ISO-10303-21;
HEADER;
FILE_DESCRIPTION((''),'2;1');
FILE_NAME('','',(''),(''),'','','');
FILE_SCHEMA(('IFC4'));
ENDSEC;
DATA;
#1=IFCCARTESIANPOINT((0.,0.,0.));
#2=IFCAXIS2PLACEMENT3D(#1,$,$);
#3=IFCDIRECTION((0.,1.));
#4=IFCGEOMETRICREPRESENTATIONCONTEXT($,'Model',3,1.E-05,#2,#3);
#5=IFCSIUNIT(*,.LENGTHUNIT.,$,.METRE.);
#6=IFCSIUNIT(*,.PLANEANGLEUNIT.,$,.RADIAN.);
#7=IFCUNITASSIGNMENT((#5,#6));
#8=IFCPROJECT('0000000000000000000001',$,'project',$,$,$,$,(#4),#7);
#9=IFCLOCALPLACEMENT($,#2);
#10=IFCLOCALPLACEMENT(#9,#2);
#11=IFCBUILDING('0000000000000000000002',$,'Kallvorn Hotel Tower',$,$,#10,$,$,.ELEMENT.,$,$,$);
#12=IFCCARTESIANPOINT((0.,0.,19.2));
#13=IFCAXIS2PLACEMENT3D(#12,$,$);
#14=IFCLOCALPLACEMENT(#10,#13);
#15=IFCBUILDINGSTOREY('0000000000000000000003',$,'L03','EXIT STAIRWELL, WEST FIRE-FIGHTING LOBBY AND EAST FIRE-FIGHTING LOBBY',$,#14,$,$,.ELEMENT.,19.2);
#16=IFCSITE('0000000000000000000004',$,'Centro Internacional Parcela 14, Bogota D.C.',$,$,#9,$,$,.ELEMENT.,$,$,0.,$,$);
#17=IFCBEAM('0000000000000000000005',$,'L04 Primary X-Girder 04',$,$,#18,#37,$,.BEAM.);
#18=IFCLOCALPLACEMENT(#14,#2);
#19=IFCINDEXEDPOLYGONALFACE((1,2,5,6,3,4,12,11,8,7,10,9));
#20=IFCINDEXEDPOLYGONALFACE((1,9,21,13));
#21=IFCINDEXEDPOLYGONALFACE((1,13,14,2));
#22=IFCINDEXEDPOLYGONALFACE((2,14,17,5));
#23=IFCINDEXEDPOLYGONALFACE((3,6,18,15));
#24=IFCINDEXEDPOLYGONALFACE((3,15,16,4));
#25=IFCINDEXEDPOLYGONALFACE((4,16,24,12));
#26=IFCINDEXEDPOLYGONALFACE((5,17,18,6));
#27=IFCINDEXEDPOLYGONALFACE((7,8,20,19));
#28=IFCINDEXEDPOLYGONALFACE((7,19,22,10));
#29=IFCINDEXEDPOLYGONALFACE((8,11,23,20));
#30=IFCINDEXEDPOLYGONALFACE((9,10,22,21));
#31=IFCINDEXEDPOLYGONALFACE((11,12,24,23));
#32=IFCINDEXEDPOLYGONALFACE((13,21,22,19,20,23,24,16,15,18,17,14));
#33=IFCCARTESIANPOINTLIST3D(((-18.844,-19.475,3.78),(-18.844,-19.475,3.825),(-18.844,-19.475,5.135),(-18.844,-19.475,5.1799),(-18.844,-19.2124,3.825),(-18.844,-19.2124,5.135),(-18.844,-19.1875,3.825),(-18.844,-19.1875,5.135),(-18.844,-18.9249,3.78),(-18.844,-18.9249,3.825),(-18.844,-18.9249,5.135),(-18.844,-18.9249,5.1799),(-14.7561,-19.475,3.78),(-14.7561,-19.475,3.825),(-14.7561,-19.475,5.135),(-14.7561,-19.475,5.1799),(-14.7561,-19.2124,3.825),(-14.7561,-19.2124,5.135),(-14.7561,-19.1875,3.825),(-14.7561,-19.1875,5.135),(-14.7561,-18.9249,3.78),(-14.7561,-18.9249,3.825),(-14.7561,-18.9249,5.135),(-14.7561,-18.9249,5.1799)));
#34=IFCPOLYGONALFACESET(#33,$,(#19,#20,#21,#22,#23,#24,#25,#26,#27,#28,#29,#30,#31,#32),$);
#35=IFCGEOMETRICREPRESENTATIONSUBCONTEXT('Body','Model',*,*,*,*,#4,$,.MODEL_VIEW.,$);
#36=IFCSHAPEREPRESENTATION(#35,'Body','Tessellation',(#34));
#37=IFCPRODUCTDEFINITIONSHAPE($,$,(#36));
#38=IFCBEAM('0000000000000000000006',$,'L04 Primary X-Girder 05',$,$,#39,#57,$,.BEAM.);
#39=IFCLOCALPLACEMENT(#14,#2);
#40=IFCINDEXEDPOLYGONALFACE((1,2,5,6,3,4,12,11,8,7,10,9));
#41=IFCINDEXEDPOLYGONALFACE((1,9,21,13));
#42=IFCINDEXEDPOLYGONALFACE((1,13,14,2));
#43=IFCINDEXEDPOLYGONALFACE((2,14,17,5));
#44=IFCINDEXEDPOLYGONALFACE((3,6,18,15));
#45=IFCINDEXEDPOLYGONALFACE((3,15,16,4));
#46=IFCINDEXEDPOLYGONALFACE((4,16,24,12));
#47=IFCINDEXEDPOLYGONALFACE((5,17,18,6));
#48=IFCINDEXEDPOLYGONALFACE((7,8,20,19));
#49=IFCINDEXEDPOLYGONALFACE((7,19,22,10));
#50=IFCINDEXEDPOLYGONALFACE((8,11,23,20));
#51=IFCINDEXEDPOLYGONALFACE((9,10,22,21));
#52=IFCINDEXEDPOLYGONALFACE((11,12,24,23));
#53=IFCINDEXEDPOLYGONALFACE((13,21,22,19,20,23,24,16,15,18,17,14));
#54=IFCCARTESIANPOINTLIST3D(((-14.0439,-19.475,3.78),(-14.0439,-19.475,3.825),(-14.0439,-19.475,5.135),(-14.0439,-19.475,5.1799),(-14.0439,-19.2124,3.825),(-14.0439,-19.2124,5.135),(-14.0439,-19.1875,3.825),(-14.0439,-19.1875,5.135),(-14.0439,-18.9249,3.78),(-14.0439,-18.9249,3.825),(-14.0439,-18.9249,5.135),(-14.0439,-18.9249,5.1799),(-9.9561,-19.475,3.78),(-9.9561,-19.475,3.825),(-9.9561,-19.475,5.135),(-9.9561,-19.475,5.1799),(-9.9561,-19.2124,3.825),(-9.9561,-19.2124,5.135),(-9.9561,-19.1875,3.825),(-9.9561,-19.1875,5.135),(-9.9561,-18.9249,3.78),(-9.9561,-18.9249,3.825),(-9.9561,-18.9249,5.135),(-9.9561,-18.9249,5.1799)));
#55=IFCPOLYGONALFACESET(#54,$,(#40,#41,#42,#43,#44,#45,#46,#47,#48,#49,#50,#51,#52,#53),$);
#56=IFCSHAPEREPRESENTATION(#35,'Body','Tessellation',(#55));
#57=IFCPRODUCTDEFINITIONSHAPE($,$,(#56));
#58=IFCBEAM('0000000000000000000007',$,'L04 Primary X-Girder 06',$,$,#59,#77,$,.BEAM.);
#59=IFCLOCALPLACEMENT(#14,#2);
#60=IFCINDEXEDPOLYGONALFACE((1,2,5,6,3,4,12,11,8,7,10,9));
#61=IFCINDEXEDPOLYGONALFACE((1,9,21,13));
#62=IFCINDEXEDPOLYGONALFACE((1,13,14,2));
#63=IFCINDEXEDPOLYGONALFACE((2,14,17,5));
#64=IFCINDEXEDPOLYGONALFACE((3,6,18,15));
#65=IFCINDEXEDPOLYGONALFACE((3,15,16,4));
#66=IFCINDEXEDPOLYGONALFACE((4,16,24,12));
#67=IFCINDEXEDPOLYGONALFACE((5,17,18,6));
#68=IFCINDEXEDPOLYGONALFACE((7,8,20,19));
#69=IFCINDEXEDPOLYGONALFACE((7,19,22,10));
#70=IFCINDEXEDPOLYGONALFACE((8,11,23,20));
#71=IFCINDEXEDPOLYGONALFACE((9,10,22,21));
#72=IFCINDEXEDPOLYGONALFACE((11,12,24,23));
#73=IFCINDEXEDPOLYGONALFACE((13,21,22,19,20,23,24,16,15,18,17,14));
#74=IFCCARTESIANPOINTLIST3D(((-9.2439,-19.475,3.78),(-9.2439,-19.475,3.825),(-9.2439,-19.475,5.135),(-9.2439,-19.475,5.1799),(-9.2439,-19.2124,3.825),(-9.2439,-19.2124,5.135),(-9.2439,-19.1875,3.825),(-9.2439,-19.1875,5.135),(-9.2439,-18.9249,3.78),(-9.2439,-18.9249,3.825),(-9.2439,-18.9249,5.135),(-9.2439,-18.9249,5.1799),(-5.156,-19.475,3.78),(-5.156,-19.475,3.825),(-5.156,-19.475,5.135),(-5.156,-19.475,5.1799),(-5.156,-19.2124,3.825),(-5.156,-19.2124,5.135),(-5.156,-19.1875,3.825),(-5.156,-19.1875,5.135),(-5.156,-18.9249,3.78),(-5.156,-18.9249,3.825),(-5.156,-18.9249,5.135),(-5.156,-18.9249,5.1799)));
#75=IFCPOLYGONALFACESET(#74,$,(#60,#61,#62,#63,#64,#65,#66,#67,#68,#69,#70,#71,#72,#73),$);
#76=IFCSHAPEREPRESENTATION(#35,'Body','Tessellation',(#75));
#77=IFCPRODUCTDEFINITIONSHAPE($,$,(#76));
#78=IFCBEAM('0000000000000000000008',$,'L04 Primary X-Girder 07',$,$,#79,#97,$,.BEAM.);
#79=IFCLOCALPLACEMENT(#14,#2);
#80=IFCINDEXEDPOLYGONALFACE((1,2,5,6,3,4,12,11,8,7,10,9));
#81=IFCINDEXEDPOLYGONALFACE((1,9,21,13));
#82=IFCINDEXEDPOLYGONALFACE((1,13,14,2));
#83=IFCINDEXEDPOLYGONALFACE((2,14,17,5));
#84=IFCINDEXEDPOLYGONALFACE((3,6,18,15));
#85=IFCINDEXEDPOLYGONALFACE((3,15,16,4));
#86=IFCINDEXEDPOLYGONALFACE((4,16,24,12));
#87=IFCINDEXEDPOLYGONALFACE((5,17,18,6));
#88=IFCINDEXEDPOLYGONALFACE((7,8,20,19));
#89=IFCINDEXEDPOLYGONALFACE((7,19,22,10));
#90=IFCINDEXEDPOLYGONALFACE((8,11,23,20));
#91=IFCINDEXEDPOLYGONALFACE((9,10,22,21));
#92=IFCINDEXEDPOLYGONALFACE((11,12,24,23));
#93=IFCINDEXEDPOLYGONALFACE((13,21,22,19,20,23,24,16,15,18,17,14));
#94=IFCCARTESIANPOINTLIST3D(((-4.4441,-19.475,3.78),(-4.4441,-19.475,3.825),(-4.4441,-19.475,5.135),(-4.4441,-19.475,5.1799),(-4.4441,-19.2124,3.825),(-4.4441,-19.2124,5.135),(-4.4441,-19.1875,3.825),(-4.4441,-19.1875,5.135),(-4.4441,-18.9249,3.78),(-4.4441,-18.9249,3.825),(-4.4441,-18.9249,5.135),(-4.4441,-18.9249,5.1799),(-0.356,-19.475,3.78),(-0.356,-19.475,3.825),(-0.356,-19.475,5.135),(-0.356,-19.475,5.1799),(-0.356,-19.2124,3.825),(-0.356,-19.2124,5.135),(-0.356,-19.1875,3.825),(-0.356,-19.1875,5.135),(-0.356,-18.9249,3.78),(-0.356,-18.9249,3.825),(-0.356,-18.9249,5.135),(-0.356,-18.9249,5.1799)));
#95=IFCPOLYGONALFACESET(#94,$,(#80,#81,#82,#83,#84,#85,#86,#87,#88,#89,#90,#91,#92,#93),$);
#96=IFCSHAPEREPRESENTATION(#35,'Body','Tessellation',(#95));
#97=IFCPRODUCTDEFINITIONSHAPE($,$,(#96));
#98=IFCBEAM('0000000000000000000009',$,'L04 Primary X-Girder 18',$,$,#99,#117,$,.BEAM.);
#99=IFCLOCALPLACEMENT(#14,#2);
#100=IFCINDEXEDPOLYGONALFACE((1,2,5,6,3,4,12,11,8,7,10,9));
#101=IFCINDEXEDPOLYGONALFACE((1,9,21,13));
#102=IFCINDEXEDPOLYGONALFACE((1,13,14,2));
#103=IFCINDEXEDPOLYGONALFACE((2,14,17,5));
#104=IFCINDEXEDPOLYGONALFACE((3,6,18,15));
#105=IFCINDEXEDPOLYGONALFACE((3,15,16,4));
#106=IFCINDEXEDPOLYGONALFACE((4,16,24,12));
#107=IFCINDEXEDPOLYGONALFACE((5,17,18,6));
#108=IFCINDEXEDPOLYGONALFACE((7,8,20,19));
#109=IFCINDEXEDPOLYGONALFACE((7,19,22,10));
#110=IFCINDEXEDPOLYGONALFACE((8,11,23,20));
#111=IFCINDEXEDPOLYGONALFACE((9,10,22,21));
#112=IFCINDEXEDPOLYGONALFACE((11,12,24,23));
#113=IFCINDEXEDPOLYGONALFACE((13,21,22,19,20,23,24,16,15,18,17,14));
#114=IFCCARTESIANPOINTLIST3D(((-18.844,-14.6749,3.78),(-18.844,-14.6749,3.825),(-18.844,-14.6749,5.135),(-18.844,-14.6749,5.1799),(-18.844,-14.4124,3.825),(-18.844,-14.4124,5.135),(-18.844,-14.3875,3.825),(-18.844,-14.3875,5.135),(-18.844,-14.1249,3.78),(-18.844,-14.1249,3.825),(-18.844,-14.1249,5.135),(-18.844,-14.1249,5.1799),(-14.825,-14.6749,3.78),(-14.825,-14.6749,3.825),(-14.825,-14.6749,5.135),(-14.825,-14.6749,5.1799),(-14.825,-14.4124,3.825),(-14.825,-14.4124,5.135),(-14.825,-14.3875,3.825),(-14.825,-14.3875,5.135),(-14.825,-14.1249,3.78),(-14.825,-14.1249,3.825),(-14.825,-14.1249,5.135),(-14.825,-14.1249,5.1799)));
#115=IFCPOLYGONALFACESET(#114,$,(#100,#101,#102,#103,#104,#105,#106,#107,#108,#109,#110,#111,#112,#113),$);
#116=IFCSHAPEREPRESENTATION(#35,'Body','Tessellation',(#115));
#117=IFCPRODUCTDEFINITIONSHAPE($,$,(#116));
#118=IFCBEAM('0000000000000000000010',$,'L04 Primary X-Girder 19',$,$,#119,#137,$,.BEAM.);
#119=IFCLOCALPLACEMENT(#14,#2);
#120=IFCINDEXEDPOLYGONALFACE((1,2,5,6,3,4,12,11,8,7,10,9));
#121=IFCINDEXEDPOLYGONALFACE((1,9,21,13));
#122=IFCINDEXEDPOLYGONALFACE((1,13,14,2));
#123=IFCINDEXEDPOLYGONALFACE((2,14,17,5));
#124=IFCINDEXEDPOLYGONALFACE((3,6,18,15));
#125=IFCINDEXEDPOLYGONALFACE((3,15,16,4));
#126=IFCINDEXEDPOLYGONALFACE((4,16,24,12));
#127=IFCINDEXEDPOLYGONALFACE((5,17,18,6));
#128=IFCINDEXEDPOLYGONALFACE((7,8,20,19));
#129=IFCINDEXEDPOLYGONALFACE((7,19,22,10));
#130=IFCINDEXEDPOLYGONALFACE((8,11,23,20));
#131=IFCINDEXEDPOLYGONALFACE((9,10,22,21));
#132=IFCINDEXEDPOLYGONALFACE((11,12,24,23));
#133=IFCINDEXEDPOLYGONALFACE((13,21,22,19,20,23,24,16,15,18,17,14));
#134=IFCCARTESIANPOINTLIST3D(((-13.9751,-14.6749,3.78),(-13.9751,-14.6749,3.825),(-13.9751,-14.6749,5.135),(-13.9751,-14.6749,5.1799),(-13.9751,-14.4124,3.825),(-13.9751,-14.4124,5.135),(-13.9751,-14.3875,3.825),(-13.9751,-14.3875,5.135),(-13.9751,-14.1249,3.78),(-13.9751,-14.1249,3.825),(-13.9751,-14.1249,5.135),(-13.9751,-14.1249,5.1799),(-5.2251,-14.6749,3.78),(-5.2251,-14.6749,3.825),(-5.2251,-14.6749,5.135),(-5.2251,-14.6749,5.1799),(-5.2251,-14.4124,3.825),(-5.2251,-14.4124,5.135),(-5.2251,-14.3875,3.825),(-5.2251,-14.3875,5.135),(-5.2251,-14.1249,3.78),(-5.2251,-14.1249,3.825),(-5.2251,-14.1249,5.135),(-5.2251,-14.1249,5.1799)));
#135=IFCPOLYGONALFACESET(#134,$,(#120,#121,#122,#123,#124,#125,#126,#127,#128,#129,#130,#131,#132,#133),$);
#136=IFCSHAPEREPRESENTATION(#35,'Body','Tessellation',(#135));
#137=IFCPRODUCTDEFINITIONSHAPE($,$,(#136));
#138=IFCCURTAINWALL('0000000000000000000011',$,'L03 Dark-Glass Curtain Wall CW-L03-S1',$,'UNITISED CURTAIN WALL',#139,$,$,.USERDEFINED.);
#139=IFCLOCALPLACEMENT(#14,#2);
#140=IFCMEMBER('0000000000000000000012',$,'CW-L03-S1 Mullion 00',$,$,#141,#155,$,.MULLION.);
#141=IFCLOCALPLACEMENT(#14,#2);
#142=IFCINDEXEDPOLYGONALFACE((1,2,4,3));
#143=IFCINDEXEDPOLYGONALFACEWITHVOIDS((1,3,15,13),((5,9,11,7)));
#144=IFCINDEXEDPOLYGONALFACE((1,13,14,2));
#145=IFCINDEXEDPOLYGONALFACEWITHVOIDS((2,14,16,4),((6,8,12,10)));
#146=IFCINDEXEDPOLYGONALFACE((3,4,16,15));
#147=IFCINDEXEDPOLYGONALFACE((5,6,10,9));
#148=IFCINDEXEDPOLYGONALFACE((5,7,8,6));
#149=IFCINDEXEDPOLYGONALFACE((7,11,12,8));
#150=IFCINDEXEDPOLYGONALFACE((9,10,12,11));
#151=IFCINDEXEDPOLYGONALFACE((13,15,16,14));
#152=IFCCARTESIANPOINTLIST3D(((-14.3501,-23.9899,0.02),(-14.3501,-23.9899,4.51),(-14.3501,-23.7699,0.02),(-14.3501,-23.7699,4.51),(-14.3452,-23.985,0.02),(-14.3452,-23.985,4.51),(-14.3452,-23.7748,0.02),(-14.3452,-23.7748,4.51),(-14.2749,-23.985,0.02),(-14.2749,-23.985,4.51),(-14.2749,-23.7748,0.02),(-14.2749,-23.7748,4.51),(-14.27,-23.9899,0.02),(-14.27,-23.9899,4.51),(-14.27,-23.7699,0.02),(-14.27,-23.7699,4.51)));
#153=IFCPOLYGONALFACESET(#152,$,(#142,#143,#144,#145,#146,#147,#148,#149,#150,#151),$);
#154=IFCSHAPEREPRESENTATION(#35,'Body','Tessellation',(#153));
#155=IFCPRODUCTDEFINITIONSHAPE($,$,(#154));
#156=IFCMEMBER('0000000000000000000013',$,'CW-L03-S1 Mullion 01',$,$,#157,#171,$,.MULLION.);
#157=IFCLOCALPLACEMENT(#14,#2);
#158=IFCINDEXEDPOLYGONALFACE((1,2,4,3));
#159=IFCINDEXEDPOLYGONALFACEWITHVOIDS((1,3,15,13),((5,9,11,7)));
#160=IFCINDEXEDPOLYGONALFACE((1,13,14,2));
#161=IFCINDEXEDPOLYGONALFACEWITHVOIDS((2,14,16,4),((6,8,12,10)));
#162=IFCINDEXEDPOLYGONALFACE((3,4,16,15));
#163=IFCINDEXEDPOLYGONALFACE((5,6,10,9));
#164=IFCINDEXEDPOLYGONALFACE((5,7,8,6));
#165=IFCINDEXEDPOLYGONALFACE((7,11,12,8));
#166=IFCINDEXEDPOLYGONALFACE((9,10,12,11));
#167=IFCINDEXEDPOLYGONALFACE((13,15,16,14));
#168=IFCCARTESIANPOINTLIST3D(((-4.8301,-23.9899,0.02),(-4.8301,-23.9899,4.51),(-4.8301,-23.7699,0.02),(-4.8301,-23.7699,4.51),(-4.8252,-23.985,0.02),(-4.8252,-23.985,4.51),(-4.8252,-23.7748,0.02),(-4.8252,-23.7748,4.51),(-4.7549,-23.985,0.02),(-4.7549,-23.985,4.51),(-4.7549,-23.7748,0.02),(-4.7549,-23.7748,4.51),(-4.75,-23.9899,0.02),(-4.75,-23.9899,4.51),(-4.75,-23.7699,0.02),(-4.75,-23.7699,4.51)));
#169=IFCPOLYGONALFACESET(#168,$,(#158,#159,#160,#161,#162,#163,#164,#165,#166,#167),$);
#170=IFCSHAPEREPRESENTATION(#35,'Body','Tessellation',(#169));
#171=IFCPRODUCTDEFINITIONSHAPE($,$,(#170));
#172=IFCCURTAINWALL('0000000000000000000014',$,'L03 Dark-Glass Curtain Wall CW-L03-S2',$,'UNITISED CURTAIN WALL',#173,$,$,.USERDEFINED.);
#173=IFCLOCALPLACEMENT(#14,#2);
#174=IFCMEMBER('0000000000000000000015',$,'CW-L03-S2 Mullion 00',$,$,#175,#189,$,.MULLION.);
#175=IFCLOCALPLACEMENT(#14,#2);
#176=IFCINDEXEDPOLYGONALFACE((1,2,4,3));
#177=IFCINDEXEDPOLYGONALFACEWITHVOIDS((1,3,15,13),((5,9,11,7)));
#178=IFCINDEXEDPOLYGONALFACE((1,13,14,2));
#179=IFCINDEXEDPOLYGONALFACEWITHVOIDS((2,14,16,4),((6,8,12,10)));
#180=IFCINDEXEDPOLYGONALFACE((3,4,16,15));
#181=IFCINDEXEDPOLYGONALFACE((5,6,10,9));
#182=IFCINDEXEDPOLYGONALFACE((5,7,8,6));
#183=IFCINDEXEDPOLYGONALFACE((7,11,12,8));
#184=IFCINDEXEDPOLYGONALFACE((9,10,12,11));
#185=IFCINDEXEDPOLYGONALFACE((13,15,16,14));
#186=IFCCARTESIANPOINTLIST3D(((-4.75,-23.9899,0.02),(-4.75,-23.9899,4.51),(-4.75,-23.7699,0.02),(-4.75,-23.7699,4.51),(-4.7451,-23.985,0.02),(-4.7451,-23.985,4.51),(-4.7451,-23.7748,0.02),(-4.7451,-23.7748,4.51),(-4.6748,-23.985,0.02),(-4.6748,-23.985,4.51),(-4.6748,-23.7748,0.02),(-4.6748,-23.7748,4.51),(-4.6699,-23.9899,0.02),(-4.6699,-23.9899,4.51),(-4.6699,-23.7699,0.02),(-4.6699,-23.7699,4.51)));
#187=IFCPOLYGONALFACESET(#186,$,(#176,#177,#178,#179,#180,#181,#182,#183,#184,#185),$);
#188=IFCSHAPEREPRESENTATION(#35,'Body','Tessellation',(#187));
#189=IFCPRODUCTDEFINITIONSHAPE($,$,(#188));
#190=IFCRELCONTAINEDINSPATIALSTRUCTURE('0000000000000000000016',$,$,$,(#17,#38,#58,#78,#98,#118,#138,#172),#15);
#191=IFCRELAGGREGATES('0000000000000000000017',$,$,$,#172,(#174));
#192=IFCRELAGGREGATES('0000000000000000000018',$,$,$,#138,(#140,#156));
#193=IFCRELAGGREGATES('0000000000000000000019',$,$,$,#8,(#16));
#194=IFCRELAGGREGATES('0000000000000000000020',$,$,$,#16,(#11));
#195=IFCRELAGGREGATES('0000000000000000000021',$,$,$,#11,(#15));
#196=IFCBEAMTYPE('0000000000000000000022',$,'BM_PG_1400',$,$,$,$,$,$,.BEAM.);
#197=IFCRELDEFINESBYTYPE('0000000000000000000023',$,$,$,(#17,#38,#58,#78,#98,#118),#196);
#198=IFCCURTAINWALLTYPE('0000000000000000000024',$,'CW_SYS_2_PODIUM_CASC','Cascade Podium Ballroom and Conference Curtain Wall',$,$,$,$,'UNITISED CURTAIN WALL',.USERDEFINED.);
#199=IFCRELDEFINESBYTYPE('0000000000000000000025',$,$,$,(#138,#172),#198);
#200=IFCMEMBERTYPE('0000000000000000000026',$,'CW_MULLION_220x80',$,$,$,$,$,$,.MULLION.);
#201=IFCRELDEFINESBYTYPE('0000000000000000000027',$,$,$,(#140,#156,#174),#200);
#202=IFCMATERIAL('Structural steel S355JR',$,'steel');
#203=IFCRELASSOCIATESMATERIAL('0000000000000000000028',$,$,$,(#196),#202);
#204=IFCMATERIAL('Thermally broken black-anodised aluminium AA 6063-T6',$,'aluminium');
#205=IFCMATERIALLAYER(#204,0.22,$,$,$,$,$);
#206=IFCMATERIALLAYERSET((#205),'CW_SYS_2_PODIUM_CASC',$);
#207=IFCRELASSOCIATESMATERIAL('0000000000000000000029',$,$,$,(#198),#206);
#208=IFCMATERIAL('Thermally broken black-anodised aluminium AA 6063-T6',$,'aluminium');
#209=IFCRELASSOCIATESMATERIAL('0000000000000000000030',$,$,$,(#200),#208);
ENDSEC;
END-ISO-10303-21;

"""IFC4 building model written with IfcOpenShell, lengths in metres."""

from ifc_helpers import new_model, si_unit, direction, frame, origin, origin_2d, place, context, subcontext, project, spatial, hollow_rectangle, i_section, extrude, material, layer, layer_set, material_profile, profile_set, type_object, element, aggregate, save


model = new_model("IFC4")

# Units and contexts
model_context = context("Model", 3, precision=1e-05, world=origin(), true_north=direction((0.0, 1.0)))
body_context = subcontext(model_context, "Body", "Model", "MODEL_VIEW")
ifc_project = project(units=[si_unit("LENGTHUNIT", "METRE"), si_unit("PLANEANGLEUNIT", "RADIAN")], contexts=[model_context])

# Site, building, storey
site_placement = place(None, origin())
site = spatial("IfcSite", under=ifc_project, at=site_placement, Name="Centro Internacional Parcela 14, Bogota D.C.", CompositionType="ELEMENT", RefElevation=0.0)
building_placement = place(site_placement, origin())
building = spatial("IfcBuilding", under=site, at=building_placement, Name="Kallvorn Hotel Tower", CompositionType="ELEMENT")
storey_placement = place(building_placement, frame((0.0, 0.0, 19.2)))
storey = spatial("IfcBuildingStorey", under=building, at=storey_placement, Name="L03", Description="EXIT STAIRWELL, WEST FIRE-FIGHTING LOBBY AND EAST FIRE-FIGHTING LOBBY", CompositionType="ELEMENT", Elevation=19.2)

# Beams
ifc_material_1 = material(Name="Structural steel S355JR", Category="steel")
ifc_material_profile_1 = material_profile(ifc_material_1, i_section(OverallWidth=0.55, OverallDepth=1.3999, WebThickness=0.0249, FlangeThickness=0.0449, at=origin_2d()), Name="PG 1400x550x25x45")
ifc_profile_set_1 = profile_set([ifc_material_profile_1], Name="Structural steel S355JR")
beam_type_1 = type_object("IfcBeamType", Name="BM_PG_1400", PredefinedType="BEAM", material=ifc_profile_set_1)
for number, where, z_axis, x_axis, name in (
    (1, (-18.844, -19.2, 4.48), (1.0, 0.0, 0.0), (0.0, 1.0, 0.0), "L04 Primary X-Girder 04"),
    (2, (-14.0439, -19.2, 4.48), (1.0, 0.0, 0.0), (0.0, 1.0, 0.0), "L04 Primary X-Girder 05"),
    (3, (-9.2439, -19.2, 4.48), (1.0, 0.0, 0.0), (0.0, 1.0, 0.0), "L04 Primary X-Girder 06"),
):
    element("IfcBeam", number, at=place(storey_placement, frame(where, z_axis=z_axis, x_axis=x_axis)), inside=storey, type_object=beam_type_1, Name=name, PredefinedType="BEAM", context=body_context, shape_type="SweptSolid", body=[
        extrude(i_section(OverallWidth=0.55, OverallDepth=1.3999, WebThickness=0.0249, FlangeThickness=0.0449, at=origin_2d()), origin(), (0.0, 0.0, 1.0), 4.0879),
    ])
beam_1_placement = place(storey_placement, frame((-4.4441, -19.2, 4.48), z_axis=(1.0, 0.0, 0.0), x_axis=(0.0, 1.0, 0.0)))
element("IfcBeam", 4, at=beam_1_placement, inside=storey, type_object=beam_type_1, Name="L04 Primary X-Girder 07", PredefinedType="BEAM", context=body_context, shape_type="SweptSolid", body=[
    extrude(i_section(OverallWidth=0.55, OverallDepth=1.3999, WebThickness=0.0249, FlangeThickness=0.0449, at=origin_2d()), origin(), (0.0, 0.0, 1.0), 4.0881),
])
beam_2_placement = place(storey_placement, frame((-18.844, -14.3999, 4.48), z_axis=(1.0, 0.0, 0.0), x_axis=(0.0, 1.0, 0.0)))
element("IfcBeam", 5, at=beam_2_placement, inside=storey, type_object=beam_type_1, Name="L04 Primary X-Girder 18", PredefinedType="BEAM", context=body_context, shape_type="SweptSolid", body=[
    extrude(i_section(OverallWidth=0.55, OverallDepth=1.3999, WebThickness=0.0249, FlangeThickness=0.0449, at=origin_2d()), origin(), (0.0, 0.0, 1.0), 4.019),
])
beam_3_placement = place(storey_placement, frame((-13.9751, -14.3999, 4.48), z_axis=(1.0, 0.0, 0.0), x_axis=(0.0, 1.0, 0.0)))
element("IfcBeam", 6, at=beam_3_placement, inside=storey, type_object=beam_type_1, Name="L04 Primary X-Girder 19", PredefinedType="BEAM", context=body_context, shape_type="SweptSolid", body=[
    extrude(i_section(OverallWidth=0.55, OverallDepth=1.3999, WebThickness=0.0249, FlangeThickness=0.0449, at=origin_2d()), origin(), (0.0, 0.0, 1.0), 8.75),
])

# Curtain wall, members
ifc_material_2 = material(Name="Thermally broken black-anodised aluminium AA 6063-T6", Category="aluminium")
ifc_layer_1 = layer(ifc_material_2, 0.22)
ifc_layer_set_1 = layer_set([ifc_layer_1], Name="CW_SYS_2_PODIUM_CASC")
curtain_wall_type = type_object("IfcCurtainWallType", Name="CW_SYS_2_PODIUM_CASC", Description="Cascade Podium Ballroom and Conference Curtain Wall", ElementType="UNITISED CURTAIN WALL", PredefinedType="USERDEFINED", material=ifc_layer_set_1)
curtain_wall_1_placement = place(storey_placement, origin())
curtain_wall_1 = element("IfcCurtainWall", 7, at=curtain_wall_1_placement, inside=storey, type_object=curtain_wall_type, Name="L03 Dark-Glass Curtain Wall CW-L03-S1", ObjectType="UNITISED CURTAIN WALL", PredefinedType="USERDEFINED")
ifc_material_3 = material(Name="Thermally broken black-anodised aluminium AA 6063-T6", Category="aluminium")
ifc_material_profile_2 = material_profile(ifc_material_3, hollow_rectangle(XDim=0.0801, YDim=0.22, WallThickness=0.0049, at=origin_2d()), Name="MUL 220x80")
ifc_profile_set_2 = profile_set([ifc_material_profile_2], Name="Thermally broken black-anodised aluminium AA 6063-T6")
member_type_1 = type_object("IfcMemberType", Name="CW_MULLION_220x80", PredefinedType="MULLION", material=ifc_profile_set_2)
member_1_placement = place(storey_placement, frame((-14.3101, -23.8799, 0.02), z_axis=(0.0, 0.0, 1.0), x_axis=(1.0, 0.0, 0.0)))
member_1 = element("IfcMember", 8, at=member_1_placement, type_object=member_type_1, Name="CW-L03-S1 Mullion 00", PredefinedType="MULLION", context=body_context, shape_type="SweptSolid", body=[
    extrude(hollow_rectangle(XDim=0.0801, YDim=0.22, WallThickness=0.0049, at=origin_2d()), origin(), (0.0, 0.0, 1.0), 4.49),
])
member_2_placement = place(storey_placement, frame((-4.79, -23.8799, 0.02), z_axis=(0.0, 0.0, 1.0), x_axis=(1.0, 0.0, 0.0)))
member_2 = element("IfcMember", 9, at=member_2_placement, type_object=member_type_1, Name="CW-L03-S1 Mullion 01", PredefinedType="MULLION", context=body_context, shape_type="SweptSolid", body=[
    extrude(hollow_rectangle(XDim=0.0801, YDim=0.22, WallThickness=0.0049, at=origin_2d()), origin(), (0.0, 0.0, 1.0), 4.49),
])

# Curtain wall, member
curtain_wall_2_placement = place(storey_placement, origin())
curtain_wall_2 = element("IfcCurtainWall", 10, at=curtain_wall_2_placement, inside=storey, type_object=curtain_wall_type, Name="L03 Dark-Glass Curtain Wall CW-L03-S2", ObjectType="UNITISED CURTAIN WALL", PredefinedType="USERDEFINED")
member_3_placement = place(storey_placement, frame((-4.71, -23.8799, 0.02), z_axis=(0.0, 0.0, 1.0), x_axis=(1.0, 0.0, 0.0)))
member_3 = element("IfcMember", 11, at=member_3_placement, type_object=member_type_1, Name="CW-L03-S2 Mullion 00", PredefinedType="MULLION", context=body_context, shape_type="SweptSolid", body=[
    extrude(hollow_rectangle(XDim=0.0801, YDim=0.22, WallThickness=0.0049, at=origin_2d()), origin(), (0.0, 0.0, 1.0), 4.49),
])

aggregate(curtain_wall_2, [member_3])

aggregate(curtain_wall_1, [member_1, member_2])

save(model, "model.ifc")
